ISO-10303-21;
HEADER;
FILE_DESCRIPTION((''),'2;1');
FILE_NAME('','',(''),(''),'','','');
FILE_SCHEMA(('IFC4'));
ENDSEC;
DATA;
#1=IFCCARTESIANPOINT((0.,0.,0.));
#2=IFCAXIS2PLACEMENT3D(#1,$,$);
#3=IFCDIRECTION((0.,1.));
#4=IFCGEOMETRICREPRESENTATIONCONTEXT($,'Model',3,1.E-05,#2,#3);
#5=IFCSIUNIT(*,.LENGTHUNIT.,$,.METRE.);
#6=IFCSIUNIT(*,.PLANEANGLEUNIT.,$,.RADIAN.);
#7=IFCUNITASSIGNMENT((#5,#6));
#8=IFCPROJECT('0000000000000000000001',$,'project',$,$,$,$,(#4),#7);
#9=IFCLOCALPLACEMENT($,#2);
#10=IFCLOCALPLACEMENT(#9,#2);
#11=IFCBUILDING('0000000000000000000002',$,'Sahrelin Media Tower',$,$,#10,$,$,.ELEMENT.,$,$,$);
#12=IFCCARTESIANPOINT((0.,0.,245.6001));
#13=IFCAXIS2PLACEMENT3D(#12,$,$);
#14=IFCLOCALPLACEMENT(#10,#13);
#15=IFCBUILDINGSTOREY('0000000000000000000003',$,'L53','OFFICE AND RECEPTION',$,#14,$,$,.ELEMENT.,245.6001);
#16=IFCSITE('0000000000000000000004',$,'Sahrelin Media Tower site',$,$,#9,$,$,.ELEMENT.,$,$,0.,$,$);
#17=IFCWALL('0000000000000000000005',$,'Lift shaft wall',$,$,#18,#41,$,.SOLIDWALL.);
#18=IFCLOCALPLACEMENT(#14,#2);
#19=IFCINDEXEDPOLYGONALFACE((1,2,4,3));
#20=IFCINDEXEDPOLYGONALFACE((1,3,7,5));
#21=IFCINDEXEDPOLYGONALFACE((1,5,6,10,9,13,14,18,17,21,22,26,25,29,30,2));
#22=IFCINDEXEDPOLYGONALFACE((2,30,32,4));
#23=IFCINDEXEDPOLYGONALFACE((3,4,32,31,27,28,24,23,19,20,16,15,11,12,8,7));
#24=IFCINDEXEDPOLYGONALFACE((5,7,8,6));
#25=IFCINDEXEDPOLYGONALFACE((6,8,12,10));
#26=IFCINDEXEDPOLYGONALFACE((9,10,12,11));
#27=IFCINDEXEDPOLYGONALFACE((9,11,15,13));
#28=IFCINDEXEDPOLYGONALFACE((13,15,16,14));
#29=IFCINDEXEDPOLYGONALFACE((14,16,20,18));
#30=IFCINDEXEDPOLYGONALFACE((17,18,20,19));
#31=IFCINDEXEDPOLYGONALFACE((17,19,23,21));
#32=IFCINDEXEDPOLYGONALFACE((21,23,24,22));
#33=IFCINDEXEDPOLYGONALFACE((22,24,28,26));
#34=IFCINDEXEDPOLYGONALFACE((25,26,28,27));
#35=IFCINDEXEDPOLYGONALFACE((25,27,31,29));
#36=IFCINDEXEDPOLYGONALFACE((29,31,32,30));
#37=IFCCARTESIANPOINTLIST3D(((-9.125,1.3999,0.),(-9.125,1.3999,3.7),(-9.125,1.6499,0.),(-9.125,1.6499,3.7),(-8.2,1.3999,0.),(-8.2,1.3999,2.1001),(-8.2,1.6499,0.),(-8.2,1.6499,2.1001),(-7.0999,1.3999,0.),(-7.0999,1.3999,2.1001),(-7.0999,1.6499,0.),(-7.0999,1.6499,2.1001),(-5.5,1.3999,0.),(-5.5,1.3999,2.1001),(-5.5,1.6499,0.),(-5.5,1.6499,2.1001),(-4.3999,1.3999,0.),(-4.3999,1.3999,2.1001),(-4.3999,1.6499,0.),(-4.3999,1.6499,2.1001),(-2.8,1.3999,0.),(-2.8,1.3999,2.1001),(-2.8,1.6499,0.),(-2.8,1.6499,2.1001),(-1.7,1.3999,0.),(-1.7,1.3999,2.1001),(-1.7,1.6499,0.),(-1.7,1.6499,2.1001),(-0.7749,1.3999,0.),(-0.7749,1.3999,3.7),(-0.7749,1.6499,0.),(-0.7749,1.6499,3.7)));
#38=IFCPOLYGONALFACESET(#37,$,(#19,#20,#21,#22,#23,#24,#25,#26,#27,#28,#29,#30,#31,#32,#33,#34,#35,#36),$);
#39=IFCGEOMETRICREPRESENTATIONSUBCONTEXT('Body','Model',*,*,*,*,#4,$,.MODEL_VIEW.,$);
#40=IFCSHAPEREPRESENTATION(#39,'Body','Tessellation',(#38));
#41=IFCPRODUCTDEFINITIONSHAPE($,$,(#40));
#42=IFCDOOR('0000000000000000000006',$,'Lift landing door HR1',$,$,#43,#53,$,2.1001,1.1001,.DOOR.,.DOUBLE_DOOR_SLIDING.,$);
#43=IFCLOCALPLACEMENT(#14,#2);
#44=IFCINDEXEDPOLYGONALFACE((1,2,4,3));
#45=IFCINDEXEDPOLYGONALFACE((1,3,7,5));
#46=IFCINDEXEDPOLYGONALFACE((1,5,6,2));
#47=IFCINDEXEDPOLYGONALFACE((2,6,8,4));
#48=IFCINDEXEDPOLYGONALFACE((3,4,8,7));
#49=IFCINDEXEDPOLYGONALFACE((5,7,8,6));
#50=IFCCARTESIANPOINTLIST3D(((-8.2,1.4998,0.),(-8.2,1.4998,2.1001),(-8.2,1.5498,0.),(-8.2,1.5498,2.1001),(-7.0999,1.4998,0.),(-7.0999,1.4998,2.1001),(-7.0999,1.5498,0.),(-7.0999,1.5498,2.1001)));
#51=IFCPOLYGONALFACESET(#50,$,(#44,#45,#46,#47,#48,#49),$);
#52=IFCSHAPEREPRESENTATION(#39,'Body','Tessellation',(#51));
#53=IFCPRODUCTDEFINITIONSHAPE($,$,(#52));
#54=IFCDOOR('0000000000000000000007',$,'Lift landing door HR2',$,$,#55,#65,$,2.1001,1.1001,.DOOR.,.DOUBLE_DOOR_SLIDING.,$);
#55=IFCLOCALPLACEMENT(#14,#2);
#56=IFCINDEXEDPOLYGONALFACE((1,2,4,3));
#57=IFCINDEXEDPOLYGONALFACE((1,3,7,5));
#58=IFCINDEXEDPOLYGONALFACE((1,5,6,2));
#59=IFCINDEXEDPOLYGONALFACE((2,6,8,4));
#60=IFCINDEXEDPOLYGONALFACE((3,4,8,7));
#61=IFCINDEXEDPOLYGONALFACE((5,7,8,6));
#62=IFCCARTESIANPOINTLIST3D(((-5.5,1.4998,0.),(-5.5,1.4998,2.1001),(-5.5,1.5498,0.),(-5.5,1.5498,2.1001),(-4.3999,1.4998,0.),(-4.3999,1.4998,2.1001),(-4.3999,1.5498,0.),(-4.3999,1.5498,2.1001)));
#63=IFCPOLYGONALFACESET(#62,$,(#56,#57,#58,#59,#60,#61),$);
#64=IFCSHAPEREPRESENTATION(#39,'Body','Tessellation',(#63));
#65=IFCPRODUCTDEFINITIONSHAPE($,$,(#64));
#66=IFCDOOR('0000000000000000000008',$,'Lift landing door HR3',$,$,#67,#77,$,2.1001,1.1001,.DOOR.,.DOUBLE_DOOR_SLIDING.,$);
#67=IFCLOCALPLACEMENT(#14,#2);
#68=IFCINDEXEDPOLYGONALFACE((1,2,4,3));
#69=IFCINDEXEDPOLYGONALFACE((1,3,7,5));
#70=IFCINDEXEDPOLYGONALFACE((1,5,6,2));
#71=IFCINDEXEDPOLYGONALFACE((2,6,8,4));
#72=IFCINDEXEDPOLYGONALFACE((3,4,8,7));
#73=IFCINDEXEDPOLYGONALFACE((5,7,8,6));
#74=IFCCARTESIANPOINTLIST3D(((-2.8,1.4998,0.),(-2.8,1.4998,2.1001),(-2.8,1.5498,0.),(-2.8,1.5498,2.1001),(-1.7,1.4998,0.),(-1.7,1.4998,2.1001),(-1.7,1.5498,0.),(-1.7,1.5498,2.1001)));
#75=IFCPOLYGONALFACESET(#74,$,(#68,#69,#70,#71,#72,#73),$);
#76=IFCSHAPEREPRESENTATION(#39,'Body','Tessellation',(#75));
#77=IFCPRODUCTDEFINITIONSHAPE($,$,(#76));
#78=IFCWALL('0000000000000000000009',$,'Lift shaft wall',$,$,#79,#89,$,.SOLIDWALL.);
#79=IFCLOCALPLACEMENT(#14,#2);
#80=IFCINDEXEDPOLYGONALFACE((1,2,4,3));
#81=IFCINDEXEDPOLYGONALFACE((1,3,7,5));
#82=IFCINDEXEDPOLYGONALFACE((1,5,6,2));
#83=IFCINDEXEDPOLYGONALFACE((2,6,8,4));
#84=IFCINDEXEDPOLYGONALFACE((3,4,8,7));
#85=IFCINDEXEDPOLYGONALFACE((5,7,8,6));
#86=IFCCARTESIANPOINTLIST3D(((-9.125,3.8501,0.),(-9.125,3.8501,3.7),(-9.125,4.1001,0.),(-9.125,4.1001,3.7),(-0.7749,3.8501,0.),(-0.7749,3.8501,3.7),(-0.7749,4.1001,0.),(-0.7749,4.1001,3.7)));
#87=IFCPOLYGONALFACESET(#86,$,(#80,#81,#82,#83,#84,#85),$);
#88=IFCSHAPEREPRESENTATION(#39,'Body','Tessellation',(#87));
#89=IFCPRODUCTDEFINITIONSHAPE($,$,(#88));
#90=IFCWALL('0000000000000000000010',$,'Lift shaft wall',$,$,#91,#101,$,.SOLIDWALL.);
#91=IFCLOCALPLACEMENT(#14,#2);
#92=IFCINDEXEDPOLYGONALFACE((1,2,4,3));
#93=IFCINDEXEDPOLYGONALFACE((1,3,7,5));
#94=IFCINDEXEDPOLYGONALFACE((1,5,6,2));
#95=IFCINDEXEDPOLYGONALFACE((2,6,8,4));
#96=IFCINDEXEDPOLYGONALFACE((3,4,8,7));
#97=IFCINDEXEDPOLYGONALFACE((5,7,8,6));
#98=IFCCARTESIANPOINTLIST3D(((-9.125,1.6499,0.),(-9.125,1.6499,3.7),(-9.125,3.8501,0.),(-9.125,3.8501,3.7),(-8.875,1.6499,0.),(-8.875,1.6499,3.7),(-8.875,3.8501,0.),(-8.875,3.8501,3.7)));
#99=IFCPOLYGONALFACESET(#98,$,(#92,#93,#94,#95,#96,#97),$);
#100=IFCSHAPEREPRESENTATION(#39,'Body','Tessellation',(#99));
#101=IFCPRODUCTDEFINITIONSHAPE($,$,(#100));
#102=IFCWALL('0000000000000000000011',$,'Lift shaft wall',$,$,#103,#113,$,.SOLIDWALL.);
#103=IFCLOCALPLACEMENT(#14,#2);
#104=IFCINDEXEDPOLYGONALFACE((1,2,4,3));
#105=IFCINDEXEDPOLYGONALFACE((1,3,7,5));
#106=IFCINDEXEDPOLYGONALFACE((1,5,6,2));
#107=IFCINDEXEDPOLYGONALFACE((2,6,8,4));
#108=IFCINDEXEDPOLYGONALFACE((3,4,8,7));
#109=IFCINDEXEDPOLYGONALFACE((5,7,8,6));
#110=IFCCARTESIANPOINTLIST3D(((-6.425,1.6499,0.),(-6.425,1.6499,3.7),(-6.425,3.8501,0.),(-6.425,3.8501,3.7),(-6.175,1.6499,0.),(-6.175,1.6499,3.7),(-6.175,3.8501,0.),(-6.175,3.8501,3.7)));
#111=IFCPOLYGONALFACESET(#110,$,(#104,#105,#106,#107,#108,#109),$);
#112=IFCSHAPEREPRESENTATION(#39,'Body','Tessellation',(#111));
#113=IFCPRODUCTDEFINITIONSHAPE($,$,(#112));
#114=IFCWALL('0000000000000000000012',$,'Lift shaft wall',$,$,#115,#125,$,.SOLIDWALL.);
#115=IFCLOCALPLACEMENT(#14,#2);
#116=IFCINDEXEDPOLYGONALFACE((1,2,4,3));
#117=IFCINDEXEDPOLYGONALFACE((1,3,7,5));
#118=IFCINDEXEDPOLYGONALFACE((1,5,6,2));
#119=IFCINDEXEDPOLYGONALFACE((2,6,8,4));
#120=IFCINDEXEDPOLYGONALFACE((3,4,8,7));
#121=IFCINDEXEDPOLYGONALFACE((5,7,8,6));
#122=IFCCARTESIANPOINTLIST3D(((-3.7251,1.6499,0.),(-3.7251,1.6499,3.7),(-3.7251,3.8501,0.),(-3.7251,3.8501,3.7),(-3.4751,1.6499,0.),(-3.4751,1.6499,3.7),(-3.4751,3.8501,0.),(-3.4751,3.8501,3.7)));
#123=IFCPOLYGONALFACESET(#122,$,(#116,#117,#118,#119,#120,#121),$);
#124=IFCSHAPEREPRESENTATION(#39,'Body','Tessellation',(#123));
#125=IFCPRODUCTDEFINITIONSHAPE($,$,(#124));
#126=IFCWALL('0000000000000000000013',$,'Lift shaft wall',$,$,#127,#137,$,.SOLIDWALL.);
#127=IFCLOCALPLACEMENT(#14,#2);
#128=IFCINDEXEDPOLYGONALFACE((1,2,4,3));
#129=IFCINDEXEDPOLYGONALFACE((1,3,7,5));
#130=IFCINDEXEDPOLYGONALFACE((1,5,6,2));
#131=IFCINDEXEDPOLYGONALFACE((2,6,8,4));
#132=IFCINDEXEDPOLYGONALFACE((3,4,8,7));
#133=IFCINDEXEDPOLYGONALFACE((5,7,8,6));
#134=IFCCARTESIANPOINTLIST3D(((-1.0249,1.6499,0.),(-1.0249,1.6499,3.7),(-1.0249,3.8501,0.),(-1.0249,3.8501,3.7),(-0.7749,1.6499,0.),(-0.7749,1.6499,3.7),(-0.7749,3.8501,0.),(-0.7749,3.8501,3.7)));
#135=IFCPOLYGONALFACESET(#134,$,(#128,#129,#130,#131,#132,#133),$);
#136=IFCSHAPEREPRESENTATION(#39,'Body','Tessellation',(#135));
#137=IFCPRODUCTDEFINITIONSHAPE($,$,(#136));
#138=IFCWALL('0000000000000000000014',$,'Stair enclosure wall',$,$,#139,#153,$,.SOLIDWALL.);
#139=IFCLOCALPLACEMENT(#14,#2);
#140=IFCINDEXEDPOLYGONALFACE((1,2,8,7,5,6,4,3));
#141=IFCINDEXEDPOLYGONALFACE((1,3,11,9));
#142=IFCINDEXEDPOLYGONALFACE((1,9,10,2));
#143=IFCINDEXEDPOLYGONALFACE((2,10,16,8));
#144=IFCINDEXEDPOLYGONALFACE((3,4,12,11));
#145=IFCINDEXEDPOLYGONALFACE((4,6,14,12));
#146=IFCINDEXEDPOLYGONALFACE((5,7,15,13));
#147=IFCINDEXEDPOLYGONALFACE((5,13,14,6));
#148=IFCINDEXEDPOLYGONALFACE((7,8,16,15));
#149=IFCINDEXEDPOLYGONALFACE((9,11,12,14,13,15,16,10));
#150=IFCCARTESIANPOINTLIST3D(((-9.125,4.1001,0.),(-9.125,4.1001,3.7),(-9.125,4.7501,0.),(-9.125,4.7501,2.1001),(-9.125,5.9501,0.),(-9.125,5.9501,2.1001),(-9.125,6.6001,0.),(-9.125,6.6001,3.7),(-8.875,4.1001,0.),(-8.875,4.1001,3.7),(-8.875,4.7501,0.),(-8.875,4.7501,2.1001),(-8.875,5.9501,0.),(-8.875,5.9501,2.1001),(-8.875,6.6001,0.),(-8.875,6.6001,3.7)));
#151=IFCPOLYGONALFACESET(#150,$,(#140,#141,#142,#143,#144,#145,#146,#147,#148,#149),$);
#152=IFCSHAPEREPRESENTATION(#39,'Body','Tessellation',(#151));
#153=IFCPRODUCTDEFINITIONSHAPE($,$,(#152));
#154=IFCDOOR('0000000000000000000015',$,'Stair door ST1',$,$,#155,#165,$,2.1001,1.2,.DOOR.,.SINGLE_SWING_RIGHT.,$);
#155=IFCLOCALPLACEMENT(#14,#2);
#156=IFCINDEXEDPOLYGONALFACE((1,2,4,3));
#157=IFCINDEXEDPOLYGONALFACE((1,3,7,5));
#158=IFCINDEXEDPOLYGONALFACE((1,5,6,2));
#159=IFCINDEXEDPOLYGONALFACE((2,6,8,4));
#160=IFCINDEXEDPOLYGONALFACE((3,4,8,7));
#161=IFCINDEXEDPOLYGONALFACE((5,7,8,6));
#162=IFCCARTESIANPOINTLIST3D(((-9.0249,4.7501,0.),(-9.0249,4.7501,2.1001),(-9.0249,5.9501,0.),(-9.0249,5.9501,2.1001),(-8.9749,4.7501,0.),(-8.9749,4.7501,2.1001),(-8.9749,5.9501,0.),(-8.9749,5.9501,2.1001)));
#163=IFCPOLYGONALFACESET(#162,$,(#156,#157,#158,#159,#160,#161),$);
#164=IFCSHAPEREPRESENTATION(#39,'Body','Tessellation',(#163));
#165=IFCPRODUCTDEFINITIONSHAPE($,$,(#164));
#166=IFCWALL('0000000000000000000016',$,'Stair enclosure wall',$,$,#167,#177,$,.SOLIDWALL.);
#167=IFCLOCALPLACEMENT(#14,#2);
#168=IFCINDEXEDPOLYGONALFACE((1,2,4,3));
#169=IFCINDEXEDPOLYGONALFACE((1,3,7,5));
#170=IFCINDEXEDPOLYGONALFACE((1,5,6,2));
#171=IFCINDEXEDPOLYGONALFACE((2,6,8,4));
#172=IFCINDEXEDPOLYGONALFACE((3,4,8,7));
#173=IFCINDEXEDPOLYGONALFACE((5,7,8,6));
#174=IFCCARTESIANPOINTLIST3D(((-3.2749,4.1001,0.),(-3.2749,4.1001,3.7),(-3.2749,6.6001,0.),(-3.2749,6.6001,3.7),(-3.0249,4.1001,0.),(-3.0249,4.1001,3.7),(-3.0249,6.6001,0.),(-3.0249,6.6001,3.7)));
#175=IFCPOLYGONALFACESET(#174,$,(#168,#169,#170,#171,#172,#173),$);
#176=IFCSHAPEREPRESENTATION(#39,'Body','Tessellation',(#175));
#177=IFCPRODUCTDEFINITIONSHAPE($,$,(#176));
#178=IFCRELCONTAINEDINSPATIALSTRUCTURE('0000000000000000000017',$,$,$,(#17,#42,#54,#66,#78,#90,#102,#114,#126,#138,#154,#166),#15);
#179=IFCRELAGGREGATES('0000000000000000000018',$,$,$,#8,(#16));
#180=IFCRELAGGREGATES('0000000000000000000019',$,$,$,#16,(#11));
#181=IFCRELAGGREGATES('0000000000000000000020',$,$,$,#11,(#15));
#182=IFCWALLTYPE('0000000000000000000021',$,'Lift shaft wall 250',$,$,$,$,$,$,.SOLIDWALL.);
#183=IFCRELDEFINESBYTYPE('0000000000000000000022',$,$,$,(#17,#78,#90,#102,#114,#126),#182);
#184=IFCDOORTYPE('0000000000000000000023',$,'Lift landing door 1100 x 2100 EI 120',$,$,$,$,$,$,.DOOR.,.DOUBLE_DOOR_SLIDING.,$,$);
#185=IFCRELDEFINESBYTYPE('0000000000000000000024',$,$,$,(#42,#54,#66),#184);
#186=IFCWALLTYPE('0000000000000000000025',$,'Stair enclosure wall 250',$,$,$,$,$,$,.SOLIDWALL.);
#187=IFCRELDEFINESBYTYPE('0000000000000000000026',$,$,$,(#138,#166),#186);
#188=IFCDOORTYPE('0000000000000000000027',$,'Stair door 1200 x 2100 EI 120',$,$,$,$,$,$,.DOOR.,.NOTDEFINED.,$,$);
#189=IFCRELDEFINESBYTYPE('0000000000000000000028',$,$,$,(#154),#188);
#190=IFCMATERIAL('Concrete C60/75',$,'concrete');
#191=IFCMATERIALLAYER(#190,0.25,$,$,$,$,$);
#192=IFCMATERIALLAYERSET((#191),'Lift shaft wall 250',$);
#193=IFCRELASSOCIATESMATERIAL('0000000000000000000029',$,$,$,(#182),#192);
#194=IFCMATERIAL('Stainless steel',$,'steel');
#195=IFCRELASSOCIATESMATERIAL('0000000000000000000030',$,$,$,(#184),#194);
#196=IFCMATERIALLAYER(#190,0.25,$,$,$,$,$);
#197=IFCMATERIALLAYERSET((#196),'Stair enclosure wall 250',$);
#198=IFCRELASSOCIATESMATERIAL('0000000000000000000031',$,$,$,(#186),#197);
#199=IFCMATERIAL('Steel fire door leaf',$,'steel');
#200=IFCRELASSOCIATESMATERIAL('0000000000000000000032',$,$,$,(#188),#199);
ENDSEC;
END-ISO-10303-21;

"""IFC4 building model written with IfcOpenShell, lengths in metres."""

from ifc_helpers import new_model, si_unit, direction, frame, frame_2d, origin, place, context, subcontext, project, spatial, rectangle, extrude, material, layer, layer_set, type_object, element, fill, save


model = new_model("IFC4")

# Units and contexts
model_context = context("Model", 3, precision=1e-05, world=origin(), true_north=direction((0.0, 1.0)))
body_context = subcontext(model_context, "Body", "Model", "MODEL_VIEW")
ifc_project = project(units=[si_unit("LENGTHUNIT", "METRE"), si_unit("PLANEANGLEUNIT", "RADIAN")], contexts=[model_context])

# Site, building, storey
site_placement = place(None, origin())
site = spatial("IfcSite", under=ifc_project, at=site_placement, Name="Sahrelin Media Tower site", CompositionType="ELEMENT", RefElevation=0.0)
building_placement = place(site_placement, origin())
building = spatial("IfcBuilding", under=site, at=building_placement, Name="Sahrelin Media Tower", CompositionType="ELEMENT")
storey_placement = place(building_placement, frame((0.0, 0.0, 245.6001)))
storey = spatial("IfcBuildingStorey", under=building, at=storey_placement, Name="L53", Description="OFFICE AND RECEPTION", CompositionType="ELEMENT", Elevation=245.6001)

# Shared definitions
ifc_material_1 = material(Name="Concrete C60/75", Category="concrete")

# Shared definitions
ifc_material_2 = material(Name="Steel fire door leaf", Category="steel")

# Wall, openings, doors
ifc_layer_1 = layer(ifc_material_1, 0.25)
ifc_layer_set_1 = layer_set([ifc_layer_1], Name="Lift shaft wall 250")
wall_type_1 = type_object("IfcWallType", Name="Lift shaft wall 250", PredefinedType="SOLIDWALL", material=ifc_layer_set_1)
wall_1_placement = place(storey_placement, frame((-9.125, 1.5249, 0.0), z_axis=(0.0, 0.0, 1.0), x_axis=(1.0, 0.0, 0.0)))
wall_1 = element("IfcWall", 1, at=wall_1_placement, inside=storey, type_object=wall_type_1, Name="Lift shaft wall", PredefinedType="SOLIDWALL", context=body_context, shape_type="SweptSolid", body=[
    extrude(rectangle(XDim=8.3501, YDim=0.25, at=frame_2d((4.175, 0.0))), origin(), (0.0, 0.0, 1.0), 3.7),
])
opening_1_placement = place(wall_1_placement, frame((0.925, 0.0, 0.0)))
opening_1 = element("IfcOpeningElement", 2, at=opening_1_placement, cuts=wall_1, PredefinedType="OPENING", context=body_context, shape_type="SweptSolid", body=[
    extrude(rectangle(XDim=1.1001, YDim=2.1001, at=frame_2d((0.55, 1.05))), frame((0.0, 0.125, 0.0), z_axis=(0.0, -1.0, 0.0), x_axis=(1.0, 0.0, 0.0)), (0.0, 0.0, 1.0), 0.25),
])
opening_2_placement = place(wall_1_placement, frame((3.625, 0.0, 0.0)))
opening_2 = element("IfcOpeningElement", 3, at=opening_2_placement, cuts=wall_1, PredefinedType="OPENING", context=body_context, shape_type="SweptSolid", body=[
    extrude(rectangle(XDim=1.1001, YDim=2.1001, at=frame_2d((0.55, 1.05))), frame((0.0, 0.125, 0.0), z_axis=(0.0, -1.0, 0.0), x_axis=(1.0, 0.0, 0.0)), (0.0, 0.0, 1.0), 0.25),
])
opening_3_placement = place(wall_1_placement, frame((6.325, 0.0, 0.0)))
opening_3 = element("IfcOpeningElement", 4, at=opening_3_placement, cuts=wall_1, PredefinedType="OPENING", context=body_context, shape_type="SweptSolid", body=[
    extrude(rectangle(XDim=1.1001, YDim=2.1001, at=frame_2d((0.55, 1.05))), frame((0.0, 0.125, 0.0), z_axis=(0.0, -1.0, 0.0), x_axis=(1.0, 0.0, 0.0)), (0.0, 0.0, 1.0), 0.25),
])
ifc_material_3 = material(Name="Stainless steel", Category="steel")
door_type_1 = type_object("IfcDoorType", Name="Lift landing door 1100 x 2100 EI 120", OperationType="DOUBLE_DOOR_SLIDING", PredefinedType="DOOR", material=ifc_material_3)
door_1_placement = place(opening_1_placement, origin())
door_1 = element("IfcDoor", 5, at=door_1_placement, inside=storey, type_object=door_type_1, Name="Lift landing door HR1", OperationType="DOUBLE_DOOR_SLIDING", OverallHeight=2.1001, OverallWidth=1.1001, PredefinedType="DOOR", context=body_context, shape_type="SweptSolid", body=[
    extrude(rectangle(XDim=1.1001, YDim=2.1001, at=frame_2d((0.55, 1.05))), frame((0.0, 0.0249, 0.0), z_axis=(0.0, -1.0, 0.0), x_axis=(1.0, 0.0, 0.0)), (0.0, 0.0, 1.0), 0.05),
])
fill(opening_1, door_1)
door_2_placement = place(opening_2_placement, origin())
door_2 = element("IfcDoor", 6, at=door_2_placement, inside=storey, type_object=door_type_1, Name="Lift landing door HR2", OperationType="DOUBLE_DOOR_SLIDING", OverallHeight=2.1001, OverallWidth=1.1001, PredefinedType="DOOR", context=body_context, shape_type="SweptSolid", body=[
    extrude(rectangle(XDim=1.1001, YDim=2.1001, at=frame_2d((0.55, 1.05))), frame((0.0, 0.0249, 0.0), z_axis=(0.0, -1.0, 0.0), x_axis=(1.0, 0.0, 0.0)), (0.0, 0.0, 1.0), 0.05),
])
fill(opening_2, door_2)
door_3_placement = place(opening_3_placement, origin())
door_3 = element("IfcDoor", 7, at=door_3_placement, inside=storey, type_object=door_type_1, Name="Lift landing door HR3", OperationType="DOUBLE_DOOR_SLIDING", OverallHeight=2.1001, OverallWidth=1.1001, PredefinedType="DOOR", context=body_context, shape_type="SweptSolid", body=[
    extrude(rectangle(XDim=1.1001, YDim=2.1001, at=frame_2d((0.55, 1.05))), frame((0.0, 0.0249, 0.0), z_axis=(0.0, -1.0, 0.0), x_axis=(1.0, 0.0, 0.0)), (0.0, 0.0, 1.0), 0.05),
])
fill(opening_3, door_3)

# Walls
wall_2_placement = place(storey_placement, frame((-9.125, 3.9751, 0.0), z_axis=(0.0, 0.0, 1.0), x_axis=(1.0, 0.0, 0.0)))
element("IfcWall", 8, at=wall_2_placement, inside=storey, type_object=wall_type_1, Name="Lift shaft wall", PredefinedType="SOLIDWALL", context=body_context, shape_type="SweptSolid", body=[
    extrude(rectangle(XDim=8.3501, YDim=0.25, at=frame_2d((4.175, 0.0))), origin(), (0.0, 0.0, 1.0), 3.7),
])
for number, where, z_axis, x_axis, name in (
    (9, (-9.0, 1.6499, 0.0), (0.0, 0.0, 1.0), (0.0, 1.0, 0.0), "Lift shaft wall"),
    (10, (-6.3, 1.6499, 0.0), (0.0, 0.0, 1.0), (0.0, 1.0, 0.0), "Lift shaft wall"),
    (11, (-3.6001, 1.6499, 0.0), (0.0, 0.0, 1.0), (0.0, 1.0, 0.0), "Lift shaft wall"),
    (12, (-0.8999, 1.6499, 0.0), (0.0, 0.0, 1.0), (0.0, 1.0, 0.0), "Lift shaft wall"),
):
    element("IfcWall", number, at=place(storey_placement, frame(where, z_axis=z_axis, x_axis=x_axis)), inside=storey, type_object=wall_type_1, Name=name, PredefinedType="SOLIDWALL", context=body_context, shape_type="SweptSolid", body=[
        extrude(rectangle(XDim=2.2002, YDim=0.25, at=frame_2d((1.1001, 0.0))), origin(), (0.0, 0.0, 1.0), 3.7),
    ])

# Wall, opening, door
ifc_layer_2 = layer(ifc_material_1, 0.25)
ifc_layer_set_2 = layer_set([ifc_layer_2], Name="Stair enclosure wall 250")
wall_type_2 = type_object("IfcWallType", Name="Stair enclosure wall 250", PredefinedType="SOLIDWALL", material=ifc_layer_set_2)
wall_3_placement = place(storey_placement, frame((-9.0, 4.1001, 0.0), z_axis=(0.0, 0.0, 1.0), x_axis=(0.0, 1.0, 0.0)))
wall_3 = element("IfcWall", 13, at=wall_3_placement, inside=storey, type_object=wall_type_2, Name="Stair enclosure wall", PredefinedType="SOLIDWALL", context=body_context, shape_type="SweptSolid", body=[
    extrude(rectangle(XDim=2.5, YDim=0.25, at=frame_2d((1.25, 0.0))), origin(), (0.0, 0.0, 1.0), 3.7),
])
opening_4_placement = place(wall_3_placement, frame((0.6499, 0.0, 0.0)))
opening_4 = element("IfcOpeningElement", 14, at=opening_4_placement, cuts=wall_3, PredefinedType="OPENING", context=body_context, shape_type="SweptSolid", body=[
    extrude(rectangle(XDim=1.2, YDim=2.1001, at=frame_2d((0.6001, 1.05))), frame((0.0, 0.125, 0.0), z_axis=(0.0, -1.0, 0.0), x_axis=(1.0, 0.0, 0.0)), (0.0, 0.0, 1.0), 0.25),
])
door_type_2 = type_object("IfcDoorType", Name="Stair door 1200 x 2100 EI 120", OperationType="NOTDEFINED", PredefinedType="DOOR", material=ifc_material_2)
door_4_placement = place(opening_4_placement, origin())
door_4 = element("IfcDoor", 15, at=door_4_placement, inside=storey, type_object=door_type_2, Name="Stair door ST1", OperationType="SINGLE_SWING_RIGHT", OverallHeight=2.1001, OverallWidth=1.2, PredefinedType="DOOR", context=body_context, shape_type="SweptSolid", body=[
    extrude(rectangle(XDim=1.2, YDim=2.1001, at=frame_2d((0.6001, 1.05))), frame((0.0, 0.0249, 0.0), z_axis=(0.0, -1.0, 0.0), x_axis=(1.0, 0.0, 0.0)), (0.0, 0.0, 1.0), 0.05),
])
fill(opening_4, door_4)

# Wall
wall_4_placement = place(storey_placement, frame((-3.1499, 4.1001, 0.0), z_axis=(0.0, 0.0, 1.0), x_axis=(0.0, 1.0, 0.0)))
element("IfcWall", 16, at=wall_4_placement, inside=storey, type_object=wall_type_2, Name="Stair enclosure wall", PredefinedType="SOLIDWALL", context=body_context, shape_type="SweptSolid", body=[
    extrude(rectangle(XDim=2.5, YDim=0.25, at=frame_2d((1.25, 0.0))), origin(), (0.0, 0.0, 1.0), 3.7),
])

save(model, "model.ifc")
